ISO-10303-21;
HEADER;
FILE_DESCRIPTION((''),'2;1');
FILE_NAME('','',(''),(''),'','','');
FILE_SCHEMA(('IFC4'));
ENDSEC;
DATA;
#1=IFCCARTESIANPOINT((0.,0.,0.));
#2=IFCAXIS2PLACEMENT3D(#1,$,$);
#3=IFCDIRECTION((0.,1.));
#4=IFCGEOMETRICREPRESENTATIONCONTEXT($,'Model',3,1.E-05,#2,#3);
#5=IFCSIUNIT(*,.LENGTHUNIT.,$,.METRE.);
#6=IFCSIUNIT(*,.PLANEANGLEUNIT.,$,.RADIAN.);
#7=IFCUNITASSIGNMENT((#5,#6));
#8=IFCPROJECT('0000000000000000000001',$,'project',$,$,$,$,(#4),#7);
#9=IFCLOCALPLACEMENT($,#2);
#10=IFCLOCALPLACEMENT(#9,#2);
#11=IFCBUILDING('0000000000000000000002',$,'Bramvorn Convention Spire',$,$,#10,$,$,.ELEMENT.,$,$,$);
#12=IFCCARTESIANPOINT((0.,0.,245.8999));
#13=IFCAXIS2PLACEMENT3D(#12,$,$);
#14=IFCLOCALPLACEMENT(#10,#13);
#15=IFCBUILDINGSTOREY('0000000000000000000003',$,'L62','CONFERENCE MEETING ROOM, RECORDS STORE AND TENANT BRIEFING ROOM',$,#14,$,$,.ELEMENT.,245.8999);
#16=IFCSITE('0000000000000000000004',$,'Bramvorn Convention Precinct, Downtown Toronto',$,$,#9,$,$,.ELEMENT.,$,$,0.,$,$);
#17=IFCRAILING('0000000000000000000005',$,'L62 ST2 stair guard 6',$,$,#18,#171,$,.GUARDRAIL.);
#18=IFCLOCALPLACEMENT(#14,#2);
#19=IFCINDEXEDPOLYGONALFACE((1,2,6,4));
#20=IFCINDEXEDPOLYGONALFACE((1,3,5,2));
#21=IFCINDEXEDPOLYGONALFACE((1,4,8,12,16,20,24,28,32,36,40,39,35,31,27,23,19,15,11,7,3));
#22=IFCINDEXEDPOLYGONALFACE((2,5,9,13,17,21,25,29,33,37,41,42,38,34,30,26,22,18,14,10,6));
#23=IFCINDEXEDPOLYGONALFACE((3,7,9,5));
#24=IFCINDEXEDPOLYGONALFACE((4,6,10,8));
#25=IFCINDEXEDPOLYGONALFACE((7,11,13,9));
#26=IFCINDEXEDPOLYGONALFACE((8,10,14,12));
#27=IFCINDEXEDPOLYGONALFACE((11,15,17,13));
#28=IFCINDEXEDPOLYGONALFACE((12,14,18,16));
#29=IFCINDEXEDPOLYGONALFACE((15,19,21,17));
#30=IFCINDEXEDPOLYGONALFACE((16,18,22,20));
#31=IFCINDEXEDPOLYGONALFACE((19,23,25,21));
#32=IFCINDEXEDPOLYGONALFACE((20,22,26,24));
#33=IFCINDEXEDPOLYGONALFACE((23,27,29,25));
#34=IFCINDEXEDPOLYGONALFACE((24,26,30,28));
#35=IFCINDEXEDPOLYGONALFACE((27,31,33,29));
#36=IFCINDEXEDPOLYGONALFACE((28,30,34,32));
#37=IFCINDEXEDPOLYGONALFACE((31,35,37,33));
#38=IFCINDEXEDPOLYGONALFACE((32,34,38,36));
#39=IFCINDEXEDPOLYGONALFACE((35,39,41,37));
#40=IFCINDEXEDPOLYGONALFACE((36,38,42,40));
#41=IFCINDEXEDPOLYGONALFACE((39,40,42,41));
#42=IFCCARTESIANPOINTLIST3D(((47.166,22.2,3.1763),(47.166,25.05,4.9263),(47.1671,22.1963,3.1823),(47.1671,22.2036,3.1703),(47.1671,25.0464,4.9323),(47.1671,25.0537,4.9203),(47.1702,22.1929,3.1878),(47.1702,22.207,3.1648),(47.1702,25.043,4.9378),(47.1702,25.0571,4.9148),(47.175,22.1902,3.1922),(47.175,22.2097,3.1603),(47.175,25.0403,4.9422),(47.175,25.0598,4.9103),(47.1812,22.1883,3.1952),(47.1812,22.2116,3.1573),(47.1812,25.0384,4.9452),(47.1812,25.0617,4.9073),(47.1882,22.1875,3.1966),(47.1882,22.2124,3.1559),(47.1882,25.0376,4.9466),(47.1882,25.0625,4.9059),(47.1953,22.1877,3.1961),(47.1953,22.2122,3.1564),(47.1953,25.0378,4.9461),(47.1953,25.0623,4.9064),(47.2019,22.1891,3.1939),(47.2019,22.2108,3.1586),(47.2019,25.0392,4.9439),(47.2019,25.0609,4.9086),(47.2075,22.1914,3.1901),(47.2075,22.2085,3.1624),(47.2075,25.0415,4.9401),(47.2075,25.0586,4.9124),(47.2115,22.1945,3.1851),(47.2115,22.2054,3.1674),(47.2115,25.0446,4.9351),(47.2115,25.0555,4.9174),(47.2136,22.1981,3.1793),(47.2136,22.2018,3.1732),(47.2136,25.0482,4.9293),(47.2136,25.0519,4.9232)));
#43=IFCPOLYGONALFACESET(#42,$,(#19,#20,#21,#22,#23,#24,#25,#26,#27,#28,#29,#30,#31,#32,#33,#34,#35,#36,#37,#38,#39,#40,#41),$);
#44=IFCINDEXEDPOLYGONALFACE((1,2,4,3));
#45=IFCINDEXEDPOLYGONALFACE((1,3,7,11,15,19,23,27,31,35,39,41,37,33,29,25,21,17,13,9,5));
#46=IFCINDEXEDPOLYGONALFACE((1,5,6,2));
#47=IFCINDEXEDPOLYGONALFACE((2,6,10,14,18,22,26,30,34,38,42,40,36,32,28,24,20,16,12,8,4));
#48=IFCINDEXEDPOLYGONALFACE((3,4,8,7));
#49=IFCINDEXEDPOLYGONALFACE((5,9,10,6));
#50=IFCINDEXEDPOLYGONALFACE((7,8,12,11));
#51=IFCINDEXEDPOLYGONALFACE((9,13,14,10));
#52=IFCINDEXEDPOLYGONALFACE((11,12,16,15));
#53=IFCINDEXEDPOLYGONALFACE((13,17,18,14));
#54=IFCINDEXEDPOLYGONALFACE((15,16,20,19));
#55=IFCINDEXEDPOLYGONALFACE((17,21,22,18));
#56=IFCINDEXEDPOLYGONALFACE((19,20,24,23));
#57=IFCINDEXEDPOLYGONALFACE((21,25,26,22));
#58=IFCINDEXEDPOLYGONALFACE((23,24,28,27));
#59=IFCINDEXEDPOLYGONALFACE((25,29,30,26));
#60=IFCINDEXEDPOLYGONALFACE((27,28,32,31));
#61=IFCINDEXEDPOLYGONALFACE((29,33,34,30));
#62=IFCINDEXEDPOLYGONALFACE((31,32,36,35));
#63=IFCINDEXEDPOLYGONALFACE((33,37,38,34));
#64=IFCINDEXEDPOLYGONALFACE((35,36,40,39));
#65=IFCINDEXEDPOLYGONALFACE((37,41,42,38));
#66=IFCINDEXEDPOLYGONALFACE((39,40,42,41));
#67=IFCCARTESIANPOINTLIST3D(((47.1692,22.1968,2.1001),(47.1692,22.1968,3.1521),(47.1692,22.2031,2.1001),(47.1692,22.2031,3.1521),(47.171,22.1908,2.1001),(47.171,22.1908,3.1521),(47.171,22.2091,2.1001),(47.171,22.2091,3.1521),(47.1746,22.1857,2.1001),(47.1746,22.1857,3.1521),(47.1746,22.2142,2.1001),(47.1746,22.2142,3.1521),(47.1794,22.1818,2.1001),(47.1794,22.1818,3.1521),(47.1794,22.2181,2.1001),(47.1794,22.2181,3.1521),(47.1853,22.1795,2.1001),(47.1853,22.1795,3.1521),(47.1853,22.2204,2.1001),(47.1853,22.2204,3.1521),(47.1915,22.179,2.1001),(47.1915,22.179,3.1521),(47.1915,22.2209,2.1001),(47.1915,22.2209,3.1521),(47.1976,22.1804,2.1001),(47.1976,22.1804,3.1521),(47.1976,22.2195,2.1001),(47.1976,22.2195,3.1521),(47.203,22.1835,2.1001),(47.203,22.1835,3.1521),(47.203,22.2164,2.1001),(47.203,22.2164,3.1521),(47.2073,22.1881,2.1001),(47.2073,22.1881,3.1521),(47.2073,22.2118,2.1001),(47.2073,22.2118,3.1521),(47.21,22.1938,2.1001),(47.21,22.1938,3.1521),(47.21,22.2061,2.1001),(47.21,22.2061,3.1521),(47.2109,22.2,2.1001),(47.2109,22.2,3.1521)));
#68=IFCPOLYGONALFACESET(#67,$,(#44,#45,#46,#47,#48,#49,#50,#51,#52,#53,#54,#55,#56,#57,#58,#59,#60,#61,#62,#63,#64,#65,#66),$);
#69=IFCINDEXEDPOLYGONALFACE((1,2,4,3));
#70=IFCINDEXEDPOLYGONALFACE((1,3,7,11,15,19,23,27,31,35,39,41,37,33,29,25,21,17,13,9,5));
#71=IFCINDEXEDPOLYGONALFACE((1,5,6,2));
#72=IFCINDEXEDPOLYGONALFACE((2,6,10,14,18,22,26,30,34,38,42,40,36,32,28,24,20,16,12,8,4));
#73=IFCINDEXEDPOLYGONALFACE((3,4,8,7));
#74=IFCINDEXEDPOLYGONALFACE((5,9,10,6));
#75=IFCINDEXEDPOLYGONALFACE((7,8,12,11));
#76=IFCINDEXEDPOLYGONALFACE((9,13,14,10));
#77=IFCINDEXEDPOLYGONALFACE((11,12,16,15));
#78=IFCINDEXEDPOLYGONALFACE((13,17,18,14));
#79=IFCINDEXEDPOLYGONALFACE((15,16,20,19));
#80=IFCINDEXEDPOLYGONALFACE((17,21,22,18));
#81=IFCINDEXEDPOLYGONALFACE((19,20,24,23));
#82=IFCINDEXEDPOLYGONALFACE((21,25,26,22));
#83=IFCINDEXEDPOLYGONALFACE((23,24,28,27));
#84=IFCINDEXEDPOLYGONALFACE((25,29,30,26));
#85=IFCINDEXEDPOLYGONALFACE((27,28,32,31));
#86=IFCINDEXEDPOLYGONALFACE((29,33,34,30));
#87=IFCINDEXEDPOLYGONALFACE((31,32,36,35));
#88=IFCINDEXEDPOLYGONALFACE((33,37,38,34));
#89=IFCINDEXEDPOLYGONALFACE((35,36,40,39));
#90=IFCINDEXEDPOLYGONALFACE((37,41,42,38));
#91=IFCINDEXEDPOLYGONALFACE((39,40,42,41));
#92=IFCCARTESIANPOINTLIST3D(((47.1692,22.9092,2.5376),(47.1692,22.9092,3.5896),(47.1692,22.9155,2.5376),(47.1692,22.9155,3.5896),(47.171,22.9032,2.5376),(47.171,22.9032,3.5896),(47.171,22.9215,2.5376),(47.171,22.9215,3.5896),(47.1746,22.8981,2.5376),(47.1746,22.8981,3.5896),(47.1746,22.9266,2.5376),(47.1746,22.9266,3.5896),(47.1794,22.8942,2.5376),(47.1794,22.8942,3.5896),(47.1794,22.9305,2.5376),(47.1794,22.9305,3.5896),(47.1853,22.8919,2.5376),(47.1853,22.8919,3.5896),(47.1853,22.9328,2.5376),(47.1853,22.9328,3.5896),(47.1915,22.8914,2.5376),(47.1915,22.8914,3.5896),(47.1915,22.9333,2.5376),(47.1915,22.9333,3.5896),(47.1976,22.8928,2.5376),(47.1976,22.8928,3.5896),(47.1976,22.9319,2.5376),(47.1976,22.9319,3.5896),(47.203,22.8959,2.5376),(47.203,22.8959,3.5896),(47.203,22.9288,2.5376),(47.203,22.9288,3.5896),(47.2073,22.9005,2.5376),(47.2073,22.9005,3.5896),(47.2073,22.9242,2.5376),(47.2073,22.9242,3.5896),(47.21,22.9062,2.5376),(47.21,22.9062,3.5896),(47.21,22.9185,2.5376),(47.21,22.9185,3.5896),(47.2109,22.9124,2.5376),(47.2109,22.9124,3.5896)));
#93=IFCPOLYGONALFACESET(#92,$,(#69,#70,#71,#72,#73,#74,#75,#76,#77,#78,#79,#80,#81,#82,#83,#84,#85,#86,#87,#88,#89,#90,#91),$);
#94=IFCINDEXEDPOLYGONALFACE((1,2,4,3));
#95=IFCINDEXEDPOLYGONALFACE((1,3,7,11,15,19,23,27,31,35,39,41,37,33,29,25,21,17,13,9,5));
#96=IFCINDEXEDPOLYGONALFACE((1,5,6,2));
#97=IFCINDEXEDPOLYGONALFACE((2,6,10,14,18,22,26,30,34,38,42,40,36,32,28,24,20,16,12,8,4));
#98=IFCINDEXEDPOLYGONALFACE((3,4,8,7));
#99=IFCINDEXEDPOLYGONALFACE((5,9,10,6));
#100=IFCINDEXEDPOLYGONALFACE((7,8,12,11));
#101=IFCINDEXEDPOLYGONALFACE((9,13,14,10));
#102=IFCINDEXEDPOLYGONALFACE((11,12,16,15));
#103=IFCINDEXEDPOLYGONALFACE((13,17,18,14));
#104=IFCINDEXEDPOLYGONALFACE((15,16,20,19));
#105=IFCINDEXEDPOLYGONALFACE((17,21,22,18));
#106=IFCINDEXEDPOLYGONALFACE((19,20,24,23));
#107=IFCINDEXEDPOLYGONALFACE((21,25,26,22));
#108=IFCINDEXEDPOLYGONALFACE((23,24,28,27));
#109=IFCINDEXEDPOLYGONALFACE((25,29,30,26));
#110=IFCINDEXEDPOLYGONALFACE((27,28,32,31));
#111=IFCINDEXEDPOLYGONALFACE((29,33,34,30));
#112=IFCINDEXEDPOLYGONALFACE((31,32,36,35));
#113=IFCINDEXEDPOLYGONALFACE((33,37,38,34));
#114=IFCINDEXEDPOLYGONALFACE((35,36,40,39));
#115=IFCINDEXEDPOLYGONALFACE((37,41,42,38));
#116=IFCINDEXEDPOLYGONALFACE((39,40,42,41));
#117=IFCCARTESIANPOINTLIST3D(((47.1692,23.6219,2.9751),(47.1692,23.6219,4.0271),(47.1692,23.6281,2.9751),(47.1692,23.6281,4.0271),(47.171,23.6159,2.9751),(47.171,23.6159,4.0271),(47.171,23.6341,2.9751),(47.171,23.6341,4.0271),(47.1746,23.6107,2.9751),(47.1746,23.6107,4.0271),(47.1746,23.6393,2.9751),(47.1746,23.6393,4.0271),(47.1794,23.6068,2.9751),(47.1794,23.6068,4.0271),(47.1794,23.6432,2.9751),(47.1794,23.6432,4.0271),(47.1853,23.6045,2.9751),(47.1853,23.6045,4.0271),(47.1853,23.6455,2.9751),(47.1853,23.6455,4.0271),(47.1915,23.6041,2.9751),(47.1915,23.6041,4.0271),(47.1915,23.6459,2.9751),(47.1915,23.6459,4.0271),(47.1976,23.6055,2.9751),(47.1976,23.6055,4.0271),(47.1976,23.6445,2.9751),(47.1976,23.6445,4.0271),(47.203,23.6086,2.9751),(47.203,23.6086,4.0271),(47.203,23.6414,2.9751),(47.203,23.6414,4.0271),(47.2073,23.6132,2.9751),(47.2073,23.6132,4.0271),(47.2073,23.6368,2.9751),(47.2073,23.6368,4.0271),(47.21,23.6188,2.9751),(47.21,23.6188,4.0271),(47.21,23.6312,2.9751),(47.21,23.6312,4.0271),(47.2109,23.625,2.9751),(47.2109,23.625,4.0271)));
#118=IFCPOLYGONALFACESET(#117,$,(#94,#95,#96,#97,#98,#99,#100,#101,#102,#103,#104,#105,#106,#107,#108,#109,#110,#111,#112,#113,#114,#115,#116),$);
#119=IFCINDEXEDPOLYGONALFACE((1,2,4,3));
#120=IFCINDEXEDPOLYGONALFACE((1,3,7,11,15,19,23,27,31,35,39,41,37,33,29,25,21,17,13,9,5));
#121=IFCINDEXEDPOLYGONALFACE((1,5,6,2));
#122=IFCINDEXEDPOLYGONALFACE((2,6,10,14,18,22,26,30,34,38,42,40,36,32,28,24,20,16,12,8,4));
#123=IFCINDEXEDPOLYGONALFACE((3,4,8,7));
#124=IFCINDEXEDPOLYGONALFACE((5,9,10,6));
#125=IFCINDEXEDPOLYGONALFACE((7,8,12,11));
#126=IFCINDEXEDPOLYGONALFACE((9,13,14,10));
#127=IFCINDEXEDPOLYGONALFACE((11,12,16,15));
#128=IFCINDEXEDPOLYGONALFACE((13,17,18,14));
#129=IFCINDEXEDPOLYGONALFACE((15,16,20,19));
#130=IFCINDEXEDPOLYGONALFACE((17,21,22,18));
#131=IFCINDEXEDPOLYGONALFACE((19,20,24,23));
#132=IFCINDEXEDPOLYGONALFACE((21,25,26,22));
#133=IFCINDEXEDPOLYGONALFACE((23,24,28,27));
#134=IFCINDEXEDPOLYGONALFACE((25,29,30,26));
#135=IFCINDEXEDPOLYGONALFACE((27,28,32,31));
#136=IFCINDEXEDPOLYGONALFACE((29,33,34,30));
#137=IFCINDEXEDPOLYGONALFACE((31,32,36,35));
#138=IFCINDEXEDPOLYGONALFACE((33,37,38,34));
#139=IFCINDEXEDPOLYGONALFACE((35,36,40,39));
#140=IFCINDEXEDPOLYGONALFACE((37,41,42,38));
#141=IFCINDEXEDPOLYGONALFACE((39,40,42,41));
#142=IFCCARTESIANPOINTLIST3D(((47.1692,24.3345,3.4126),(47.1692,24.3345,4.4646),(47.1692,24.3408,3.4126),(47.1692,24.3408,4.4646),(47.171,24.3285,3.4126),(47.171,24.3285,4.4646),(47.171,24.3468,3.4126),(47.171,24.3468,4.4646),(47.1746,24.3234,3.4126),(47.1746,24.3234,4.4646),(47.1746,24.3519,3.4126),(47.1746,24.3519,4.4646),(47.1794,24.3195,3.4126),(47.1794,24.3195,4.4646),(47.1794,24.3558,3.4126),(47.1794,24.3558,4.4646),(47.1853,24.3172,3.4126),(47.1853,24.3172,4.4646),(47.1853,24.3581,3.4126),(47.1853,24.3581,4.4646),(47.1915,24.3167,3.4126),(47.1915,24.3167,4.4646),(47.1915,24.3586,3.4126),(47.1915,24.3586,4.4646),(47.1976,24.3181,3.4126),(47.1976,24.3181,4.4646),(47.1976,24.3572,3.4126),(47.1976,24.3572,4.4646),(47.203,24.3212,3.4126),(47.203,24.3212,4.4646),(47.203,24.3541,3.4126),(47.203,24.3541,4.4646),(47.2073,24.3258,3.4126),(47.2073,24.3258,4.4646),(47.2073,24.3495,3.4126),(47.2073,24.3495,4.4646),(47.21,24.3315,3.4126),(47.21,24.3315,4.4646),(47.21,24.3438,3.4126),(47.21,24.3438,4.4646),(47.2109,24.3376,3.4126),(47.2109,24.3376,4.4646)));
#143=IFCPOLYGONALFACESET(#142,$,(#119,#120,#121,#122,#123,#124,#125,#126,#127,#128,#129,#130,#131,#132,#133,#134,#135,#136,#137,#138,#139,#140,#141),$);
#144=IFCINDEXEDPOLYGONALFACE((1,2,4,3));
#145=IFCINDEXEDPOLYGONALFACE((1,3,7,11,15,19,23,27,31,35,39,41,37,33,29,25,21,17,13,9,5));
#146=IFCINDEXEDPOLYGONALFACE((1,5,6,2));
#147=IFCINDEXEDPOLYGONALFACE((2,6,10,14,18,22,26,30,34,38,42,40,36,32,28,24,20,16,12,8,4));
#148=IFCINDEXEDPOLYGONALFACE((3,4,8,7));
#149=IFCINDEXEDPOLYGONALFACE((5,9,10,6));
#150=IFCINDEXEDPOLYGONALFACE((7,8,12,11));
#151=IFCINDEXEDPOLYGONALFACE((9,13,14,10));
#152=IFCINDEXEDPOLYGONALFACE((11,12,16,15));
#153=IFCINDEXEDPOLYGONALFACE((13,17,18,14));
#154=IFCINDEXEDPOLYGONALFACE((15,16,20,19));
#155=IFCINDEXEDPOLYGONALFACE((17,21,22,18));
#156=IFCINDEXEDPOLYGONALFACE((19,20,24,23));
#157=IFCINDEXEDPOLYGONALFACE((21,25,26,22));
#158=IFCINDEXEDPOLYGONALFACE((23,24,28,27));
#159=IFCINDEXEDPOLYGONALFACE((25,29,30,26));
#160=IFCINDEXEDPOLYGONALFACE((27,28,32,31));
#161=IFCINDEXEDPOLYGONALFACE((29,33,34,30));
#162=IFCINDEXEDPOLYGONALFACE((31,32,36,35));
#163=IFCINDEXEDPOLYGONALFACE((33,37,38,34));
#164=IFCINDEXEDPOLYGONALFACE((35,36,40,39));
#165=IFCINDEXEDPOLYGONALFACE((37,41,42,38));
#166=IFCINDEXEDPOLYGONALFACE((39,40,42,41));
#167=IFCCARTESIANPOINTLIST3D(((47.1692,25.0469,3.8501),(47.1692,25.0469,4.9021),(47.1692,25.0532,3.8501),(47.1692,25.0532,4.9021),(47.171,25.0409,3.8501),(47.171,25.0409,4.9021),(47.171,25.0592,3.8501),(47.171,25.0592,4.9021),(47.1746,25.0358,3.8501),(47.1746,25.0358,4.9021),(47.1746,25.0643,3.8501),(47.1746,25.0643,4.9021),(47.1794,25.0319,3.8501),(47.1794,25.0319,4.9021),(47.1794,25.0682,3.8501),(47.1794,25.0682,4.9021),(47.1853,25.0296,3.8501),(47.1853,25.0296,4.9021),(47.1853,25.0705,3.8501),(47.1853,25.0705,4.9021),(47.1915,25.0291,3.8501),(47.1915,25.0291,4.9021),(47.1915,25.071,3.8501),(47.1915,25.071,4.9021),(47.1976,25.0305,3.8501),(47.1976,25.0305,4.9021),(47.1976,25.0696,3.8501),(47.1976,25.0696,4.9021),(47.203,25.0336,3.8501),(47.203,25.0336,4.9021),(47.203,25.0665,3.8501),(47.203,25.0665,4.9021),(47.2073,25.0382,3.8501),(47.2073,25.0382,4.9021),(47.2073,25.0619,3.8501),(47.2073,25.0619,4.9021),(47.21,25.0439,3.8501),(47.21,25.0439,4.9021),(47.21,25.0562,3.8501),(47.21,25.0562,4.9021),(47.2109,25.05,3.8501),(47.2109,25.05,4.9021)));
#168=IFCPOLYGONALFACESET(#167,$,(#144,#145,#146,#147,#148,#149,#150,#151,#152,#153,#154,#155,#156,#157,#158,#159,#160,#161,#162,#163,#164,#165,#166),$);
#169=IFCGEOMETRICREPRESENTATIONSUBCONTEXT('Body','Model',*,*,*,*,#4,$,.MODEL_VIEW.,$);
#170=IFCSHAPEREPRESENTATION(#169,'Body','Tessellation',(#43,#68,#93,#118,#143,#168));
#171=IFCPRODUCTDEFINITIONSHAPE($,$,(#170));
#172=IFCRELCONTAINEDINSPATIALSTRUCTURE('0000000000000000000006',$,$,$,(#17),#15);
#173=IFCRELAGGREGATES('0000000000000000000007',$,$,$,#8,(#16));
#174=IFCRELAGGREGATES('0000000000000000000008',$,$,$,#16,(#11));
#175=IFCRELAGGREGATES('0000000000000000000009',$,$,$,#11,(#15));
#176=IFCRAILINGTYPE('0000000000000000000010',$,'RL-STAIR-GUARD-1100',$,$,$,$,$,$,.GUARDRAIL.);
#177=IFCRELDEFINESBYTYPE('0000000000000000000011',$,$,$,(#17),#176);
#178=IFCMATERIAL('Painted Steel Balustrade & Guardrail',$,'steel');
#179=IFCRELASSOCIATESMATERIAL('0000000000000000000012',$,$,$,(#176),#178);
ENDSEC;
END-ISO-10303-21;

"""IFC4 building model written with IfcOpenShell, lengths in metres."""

from ifc_helpers import new_model, si_unit, direction, frame, origin, origin_2d, place, context, subcontext, project, spatial, circle, extrude, material, type_object, element, save


model = new_model("IFC4")

# Units and contexts
model_context = context("Model", 3, precision=1e-05, world=origin(), true_north=direction((0.0, 1.0)))
body_context = subcontext(model_context, "Body", "Model", "MODEL_VIEW")
ifc_project = project(units=[si_unit("LENGTHUNIT", "METRE"), si_unit("PLANEANGLEUNIT", "RADIAN")], contexts=[model_context])

# Site, building, storey
site_placement = place(None, origin())
site = spatial("IfcSite", under=ifc_project, at=site_placement, Name="Bramvorn Convention Precinct, Downtown Toronto", CompositionType="ELEMENT", RefElevation=0.0)
building_placement = place(site_placement, origin())
building = spatial("IfcBuilding", under=site, at=building_placement, Name="Bramvorn Convention Spire", CompositionType="ELEMENT")
storey_placement = place(building_placement, frame((0.0, 0.0, 245.8999)))
storey = spatial("IfcBuildingStorey", under=building, at=storey_placement, Name="L62", Description="CONFERENCE MEETING ROOM, RECORDS STORE AND TENANT BRIEFING ROOM", CompositionType="ELEMENT", Elevation=245.8999)

# Railing
ifc_material_1 = material(Name="Painted Steel Balustrade & Guardrail", Category="steel")
railing_type = type_object("IfcRailingType", Name="RL-STAIR-GUARD-1100", PredefinedType="GUARDRAIL", material=ifc_material_1)
railing_1_placement = place(storey_placement, frame((47.1899, 22.2, 2.1001)))
element("IfcRailing", 1, at=railing_1_placement, inside=storey, type_object=railing_type, Name="L62 ST2 stair guard 6", PredefinedType="GUARDRAIL", context=body_context, shape_type="SweptSolid", body=[
    extrude(circle(Radius=0.0239, at=origin_2d()), frame((0.0, 0.0, 1.0762), z_axis=(0.0, 0.852179, 0.52325), x_axis=(-1.0, 0.0, 0.0)), (0.0, 0.0, 1.0), 3.3445),
    extrude(circle(Radius=0.021, at=origin_2d()), origin(), (0.0, 0.0, 1.0), 1.052),
    extrude(circle(Radius=0.021, at=origin_2d()), frame((0.0, 0.7124, 0.4375)), (0.0, 0.0, 1.0), 1.052),
    extrude(circle(Radius=0.021, at=origin_2d()), frame((0.0, 1.425, 0.875)), (0.0, 0.0, 1.0), 1.052),
    extrude(circle(Radius=0.021, at=origin_2d()), frame((0.0, 2.1377, 1.3125)), (0.0, 0.0, 1.0), 1.052),
    extrude(circle(Radius=0.021, at=origin_2d()), frame((0.0, 2.8501, 1.75)), (0.0, 0.0, 1.0), 1.052),
])

save(model, "model.ifc")
